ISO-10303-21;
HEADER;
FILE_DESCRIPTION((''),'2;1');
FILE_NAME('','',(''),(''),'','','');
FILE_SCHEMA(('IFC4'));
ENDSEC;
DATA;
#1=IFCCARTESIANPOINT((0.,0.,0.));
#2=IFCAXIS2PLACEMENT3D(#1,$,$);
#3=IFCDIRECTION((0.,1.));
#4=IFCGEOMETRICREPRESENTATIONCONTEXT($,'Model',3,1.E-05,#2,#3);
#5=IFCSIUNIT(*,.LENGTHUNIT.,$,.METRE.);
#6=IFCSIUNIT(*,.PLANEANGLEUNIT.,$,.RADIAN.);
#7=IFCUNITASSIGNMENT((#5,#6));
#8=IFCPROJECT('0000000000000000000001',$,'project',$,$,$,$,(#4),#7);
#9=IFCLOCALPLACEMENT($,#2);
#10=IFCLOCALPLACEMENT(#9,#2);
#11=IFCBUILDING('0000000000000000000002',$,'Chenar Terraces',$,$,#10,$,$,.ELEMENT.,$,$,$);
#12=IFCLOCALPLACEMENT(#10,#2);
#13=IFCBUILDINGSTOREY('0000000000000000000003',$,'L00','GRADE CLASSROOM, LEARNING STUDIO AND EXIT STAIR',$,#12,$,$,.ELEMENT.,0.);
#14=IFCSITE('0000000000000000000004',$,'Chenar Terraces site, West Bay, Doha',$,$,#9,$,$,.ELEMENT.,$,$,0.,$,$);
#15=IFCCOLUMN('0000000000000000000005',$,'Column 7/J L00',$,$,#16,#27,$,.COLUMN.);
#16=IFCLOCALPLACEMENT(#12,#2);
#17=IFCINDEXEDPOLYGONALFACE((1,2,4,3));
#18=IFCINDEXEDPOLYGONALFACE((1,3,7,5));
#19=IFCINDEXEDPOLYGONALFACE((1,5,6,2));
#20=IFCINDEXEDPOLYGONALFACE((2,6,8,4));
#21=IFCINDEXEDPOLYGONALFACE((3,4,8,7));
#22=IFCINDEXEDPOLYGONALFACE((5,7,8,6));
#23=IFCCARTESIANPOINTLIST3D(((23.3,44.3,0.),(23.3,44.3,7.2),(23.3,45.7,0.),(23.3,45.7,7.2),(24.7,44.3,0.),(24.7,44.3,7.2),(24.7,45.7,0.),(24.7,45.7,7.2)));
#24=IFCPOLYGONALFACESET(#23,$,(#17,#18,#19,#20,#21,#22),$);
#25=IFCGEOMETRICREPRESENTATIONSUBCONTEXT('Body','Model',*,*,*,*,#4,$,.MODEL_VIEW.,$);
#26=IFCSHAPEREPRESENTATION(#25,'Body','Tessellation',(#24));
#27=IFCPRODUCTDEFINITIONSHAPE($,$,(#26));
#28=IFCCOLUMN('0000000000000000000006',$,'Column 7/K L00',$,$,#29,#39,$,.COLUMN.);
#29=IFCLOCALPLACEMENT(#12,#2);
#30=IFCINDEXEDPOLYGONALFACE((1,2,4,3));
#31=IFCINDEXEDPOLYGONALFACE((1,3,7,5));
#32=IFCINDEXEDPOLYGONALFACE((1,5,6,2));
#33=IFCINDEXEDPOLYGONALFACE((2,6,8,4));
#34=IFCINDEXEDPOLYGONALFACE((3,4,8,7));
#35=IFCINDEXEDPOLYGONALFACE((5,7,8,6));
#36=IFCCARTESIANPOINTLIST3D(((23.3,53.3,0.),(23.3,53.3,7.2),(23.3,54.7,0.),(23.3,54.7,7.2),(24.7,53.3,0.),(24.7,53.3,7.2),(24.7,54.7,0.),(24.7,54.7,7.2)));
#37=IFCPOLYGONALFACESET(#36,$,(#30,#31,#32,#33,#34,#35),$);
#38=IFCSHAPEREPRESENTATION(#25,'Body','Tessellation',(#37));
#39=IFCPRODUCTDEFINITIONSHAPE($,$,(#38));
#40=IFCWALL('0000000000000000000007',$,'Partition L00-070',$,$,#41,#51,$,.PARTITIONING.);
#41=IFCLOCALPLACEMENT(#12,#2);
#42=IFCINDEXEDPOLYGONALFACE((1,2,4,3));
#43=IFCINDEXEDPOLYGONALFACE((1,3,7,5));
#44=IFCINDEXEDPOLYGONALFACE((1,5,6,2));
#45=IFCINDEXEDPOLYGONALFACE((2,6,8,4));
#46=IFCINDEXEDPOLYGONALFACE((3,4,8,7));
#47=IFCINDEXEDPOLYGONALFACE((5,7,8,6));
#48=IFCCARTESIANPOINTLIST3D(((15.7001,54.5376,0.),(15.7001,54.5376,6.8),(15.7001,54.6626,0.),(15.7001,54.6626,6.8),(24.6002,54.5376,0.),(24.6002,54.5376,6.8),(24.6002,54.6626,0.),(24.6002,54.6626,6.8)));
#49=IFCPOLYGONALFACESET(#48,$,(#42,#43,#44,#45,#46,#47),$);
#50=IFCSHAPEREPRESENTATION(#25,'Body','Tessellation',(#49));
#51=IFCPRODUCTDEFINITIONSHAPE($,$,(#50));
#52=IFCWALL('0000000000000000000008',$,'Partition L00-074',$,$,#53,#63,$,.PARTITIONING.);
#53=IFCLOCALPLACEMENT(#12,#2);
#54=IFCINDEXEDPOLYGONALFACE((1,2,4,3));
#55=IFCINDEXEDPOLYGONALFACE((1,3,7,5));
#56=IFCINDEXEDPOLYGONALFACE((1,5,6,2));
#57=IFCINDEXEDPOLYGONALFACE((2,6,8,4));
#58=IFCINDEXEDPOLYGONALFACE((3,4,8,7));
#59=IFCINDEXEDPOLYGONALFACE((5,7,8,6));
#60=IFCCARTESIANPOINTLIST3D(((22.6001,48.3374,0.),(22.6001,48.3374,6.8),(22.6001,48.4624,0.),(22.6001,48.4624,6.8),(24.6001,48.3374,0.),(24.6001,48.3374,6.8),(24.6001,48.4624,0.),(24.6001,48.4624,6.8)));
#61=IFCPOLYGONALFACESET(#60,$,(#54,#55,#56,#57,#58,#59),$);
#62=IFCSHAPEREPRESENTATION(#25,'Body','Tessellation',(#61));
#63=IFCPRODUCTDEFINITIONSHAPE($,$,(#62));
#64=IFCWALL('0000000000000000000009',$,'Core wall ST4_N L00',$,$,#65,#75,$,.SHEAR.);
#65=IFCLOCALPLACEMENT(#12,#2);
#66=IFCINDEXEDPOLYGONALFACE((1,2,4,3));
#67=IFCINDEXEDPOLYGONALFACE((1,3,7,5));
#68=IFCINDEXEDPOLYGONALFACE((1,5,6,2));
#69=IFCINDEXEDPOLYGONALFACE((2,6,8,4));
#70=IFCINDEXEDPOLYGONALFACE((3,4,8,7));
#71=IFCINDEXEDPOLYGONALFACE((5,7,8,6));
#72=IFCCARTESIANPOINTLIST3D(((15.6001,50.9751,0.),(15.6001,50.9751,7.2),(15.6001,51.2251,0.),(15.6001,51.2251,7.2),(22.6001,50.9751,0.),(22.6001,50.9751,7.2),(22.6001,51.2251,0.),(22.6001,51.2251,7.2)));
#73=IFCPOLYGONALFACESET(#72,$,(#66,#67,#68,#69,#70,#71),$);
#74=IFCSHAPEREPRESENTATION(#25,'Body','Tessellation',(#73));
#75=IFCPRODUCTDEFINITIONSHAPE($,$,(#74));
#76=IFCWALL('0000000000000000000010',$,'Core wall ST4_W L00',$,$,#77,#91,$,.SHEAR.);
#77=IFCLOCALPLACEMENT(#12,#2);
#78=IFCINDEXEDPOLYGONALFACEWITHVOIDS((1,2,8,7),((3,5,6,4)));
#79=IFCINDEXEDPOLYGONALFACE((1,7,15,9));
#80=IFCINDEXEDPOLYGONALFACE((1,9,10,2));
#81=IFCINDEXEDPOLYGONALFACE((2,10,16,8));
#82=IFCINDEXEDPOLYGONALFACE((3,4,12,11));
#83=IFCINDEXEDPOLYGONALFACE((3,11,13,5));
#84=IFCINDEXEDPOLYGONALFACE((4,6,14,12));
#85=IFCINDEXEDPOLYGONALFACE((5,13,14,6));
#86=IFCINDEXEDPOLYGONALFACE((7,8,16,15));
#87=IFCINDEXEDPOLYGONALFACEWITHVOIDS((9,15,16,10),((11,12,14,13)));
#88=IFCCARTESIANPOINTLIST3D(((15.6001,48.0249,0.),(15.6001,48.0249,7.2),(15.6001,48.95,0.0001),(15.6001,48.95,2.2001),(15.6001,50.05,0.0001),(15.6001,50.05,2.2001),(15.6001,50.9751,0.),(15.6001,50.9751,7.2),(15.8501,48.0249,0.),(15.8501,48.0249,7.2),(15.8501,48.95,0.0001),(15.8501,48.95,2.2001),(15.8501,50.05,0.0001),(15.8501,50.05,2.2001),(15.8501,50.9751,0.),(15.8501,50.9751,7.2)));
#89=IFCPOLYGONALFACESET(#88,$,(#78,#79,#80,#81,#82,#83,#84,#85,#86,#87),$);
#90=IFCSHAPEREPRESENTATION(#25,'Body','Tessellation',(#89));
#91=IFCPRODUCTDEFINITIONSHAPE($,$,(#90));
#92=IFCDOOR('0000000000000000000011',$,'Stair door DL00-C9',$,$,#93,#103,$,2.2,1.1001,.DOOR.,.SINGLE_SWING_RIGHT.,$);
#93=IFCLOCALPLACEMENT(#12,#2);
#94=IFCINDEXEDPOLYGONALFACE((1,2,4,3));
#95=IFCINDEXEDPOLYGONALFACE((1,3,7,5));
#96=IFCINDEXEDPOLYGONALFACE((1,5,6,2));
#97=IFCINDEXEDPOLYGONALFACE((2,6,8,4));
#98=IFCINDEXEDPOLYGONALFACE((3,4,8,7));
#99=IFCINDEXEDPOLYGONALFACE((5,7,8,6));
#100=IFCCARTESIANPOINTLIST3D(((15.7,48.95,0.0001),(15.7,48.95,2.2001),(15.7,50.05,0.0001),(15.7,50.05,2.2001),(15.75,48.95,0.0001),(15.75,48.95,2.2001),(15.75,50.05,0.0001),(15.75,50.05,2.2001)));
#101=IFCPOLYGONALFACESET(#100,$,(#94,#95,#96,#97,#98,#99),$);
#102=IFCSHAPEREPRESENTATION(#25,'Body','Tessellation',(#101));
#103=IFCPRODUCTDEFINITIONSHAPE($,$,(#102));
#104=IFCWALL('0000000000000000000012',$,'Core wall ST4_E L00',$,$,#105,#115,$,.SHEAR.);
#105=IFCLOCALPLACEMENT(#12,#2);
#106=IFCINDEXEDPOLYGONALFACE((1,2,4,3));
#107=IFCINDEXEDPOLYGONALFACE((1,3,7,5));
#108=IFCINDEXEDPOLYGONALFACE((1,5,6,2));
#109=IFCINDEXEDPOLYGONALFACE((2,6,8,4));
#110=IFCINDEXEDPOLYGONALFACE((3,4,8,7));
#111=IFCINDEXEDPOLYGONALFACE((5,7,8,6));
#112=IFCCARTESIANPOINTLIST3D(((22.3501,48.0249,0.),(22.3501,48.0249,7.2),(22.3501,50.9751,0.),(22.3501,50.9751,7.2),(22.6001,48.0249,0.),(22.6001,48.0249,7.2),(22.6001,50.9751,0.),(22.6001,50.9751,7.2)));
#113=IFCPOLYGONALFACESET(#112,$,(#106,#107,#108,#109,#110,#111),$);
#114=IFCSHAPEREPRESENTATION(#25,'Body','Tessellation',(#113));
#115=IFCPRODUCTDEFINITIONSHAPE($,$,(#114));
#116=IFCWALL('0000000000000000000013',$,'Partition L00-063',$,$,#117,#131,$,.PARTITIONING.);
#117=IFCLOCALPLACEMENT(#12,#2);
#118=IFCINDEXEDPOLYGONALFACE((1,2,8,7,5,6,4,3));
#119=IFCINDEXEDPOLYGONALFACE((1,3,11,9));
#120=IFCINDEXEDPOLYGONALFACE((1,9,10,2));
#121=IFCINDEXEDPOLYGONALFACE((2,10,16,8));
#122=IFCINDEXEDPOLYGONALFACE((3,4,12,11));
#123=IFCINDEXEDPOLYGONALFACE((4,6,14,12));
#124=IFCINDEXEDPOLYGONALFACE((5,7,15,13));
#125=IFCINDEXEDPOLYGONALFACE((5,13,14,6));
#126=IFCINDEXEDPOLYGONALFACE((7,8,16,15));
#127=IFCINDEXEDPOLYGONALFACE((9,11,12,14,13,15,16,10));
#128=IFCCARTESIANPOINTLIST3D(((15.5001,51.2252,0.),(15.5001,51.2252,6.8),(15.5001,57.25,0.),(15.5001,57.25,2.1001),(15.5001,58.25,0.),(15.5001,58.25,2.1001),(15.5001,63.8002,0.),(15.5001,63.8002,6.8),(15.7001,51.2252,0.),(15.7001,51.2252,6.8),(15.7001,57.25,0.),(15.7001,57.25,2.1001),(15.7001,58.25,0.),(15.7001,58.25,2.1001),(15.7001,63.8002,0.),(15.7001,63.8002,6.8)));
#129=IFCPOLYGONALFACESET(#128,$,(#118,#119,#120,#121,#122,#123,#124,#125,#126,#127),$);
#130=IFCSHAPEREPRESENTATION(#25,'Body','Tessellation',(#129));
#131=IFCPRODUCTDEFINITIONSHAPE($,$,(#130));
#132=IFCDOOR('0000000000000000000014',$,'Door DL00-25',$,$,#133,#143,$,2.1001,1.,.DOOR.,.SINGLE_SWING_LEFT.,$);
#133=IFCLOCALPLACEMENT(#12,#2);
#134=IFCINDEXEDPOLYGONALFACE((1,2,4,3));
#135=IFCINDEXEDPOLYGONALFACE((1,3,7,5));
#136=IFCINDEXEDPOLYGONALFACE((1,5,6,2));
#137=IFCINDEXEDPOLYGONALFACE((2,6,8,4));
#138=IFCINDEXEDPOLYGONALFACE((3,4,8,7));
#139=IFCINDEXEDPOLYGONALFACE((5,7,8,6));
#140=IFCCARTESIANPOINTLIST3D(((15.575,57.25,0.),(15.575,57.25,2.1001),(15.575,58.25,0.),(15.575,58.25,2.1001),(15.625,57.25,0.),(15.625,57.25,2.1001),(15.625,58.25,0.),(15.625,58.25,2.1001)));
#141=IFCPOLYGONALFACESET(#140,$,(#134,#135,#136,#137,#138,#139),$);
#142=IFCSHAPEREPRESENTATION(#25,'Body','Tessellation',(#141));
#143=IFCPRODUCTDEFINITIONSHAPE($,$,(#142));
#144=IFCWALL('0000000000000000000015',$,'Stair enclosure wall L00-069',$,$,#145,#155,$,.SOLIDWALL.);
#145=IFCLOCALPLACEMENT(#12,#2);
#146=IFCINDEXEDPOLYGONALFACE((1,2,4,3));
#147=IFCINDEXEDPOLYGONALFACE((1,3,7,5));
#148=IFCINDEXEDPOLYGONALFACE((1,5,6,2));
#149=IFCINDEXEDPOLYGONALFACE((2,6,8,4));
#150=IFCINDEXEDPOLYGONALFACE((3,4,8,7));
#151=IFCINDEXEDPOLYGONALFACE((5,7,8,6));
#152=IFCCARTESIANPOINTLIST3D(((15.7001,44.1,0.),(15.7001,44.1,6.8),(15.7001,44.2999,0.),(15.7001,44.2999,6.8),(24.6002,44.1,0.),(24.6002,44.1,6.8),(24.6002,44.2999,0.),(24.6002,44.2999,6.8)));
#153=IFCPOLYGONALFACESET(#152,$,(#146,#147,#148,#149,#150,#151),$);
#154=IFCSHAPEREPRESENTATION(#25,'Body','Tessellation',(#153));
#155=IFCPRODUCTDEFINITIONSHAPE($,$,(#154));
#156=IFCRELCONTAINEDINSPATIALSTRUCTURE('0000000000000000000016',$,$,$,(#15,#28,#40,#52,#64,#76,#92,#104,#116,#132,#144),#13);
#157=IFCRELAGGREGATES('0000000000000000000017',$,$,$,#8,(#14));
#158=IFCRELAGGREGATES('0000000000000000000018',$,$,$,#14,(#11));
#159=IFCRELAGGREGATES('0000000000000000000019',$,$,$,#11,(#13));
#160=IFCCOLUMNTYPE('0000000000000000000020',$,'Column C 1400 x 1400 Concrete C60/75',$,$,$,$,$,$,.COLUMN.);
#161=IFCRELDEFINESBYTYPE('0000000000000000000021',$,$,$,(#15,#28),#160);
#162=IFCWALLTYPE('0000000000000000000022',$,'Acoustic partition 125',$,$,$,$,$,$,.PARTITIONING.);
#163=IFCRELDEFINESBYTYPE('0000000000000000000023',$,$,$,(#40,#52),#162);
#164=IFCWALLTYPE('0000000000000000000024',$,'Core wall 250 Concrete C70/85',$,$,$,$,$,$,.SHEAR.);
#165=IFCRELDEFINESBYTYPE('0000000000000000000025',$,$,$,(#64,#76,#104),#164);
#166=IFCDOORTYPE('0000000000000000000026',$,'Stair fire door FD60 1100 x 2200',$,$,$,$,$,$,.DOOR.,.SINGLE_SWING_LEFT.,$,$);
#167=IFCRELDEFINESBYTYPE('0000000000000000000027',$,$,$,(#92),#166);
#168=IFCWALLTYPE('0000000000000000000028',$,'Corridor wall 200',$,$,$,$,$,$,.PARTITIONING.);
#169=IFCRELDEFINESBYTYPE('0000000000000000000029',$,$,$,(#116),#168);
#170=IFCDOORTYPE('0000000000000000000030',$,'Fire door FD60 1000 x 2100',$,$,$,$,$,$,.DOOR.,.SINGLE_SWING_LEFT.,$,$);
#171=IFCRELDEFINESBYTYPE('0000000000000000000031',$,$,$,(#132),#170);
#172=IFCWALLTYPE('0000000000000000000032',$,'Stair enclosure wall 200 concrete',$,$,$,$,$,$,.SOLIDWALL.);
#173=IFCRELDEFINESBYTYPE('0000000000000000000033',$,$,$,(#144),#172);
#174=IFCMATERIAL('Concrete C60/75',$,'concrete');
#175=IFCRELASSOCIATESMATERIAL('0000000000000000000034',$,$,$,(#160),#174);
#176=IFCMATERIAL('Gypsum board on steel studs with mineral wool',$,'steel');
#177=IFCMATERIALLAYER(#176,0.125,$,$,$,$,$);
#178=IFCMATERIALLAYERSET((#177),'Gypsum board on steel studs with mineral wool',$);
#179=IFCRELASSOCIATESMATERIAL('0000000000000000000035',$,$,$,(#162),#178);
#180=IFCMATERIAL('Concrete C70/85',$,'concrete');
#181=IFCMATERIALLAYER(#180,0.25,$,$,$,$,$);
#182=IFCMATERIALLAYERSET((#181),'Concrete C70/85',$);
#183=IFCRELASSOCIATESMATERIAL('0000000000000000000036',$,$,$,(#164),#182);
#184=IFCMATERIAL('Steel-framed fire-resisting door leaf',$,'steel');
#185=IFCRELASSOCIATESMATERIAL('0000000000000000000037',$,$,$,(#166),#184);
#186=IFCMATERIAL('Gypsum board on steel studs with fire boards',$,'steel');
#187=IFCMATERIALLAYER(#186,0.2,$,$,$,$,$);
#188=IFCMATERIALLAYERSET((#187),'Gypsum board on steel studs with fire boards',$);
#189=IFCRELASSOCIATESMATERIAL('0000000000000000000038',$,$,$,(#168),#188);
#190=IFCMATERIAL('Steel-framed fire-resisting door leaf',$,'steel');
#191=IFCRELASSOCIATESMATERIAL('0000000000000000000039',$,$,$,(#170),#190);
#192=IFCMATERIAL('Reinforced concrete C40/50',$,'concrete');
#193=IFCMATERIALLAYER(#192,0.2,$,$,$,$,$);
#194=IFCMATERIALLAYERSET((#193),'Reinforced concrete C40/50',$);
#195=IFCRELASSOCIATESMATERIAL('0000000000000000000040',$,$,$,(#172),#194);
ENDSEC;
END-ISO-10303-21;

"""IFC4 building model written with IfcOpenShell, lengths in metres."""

from ifc_helpers import new_model, si_unit, direction, frame, frame_2d, origin, origin_2d, place, context, subcontext, project, spatial, rectangle, extrude, material, layer, layer_set, material_profile, profile_set, type_object, element, fill, save


model = new_model("IFC4")

# Units and contexts
model_context = context("Model", 3, precision=1e-05, world=origin(), true_north=direction((0.0, 1.0)))
body_context = subcontext(model_context, "Body", "Model", "MODEL_VIEW")
ifc_project = project(units=[si_unit("LENGTHUNIT", "METRE"), si_unit("PLANEANGLEUNIT", "RADIAN")], contexts=[model_context])

# Site, building, storey
site_placement = place(None, origin())
site = spatial("IfcSite", under=ifc_project, at=site_placement, Name="Chenar Terraces site, West Bay, Doha", CompositionType="ELEMENT", RefElevation=0.0)
building_placement = place(site_placement, origin())
building = spatial("IfcBuilding", under=site, at=building_placement, Name="Chenar Terraces", CompositionType="ELEMENT")
storey_placement = place(building_placement, origin())
storey = spatial("IfcBuildingStorey", under=building, at=storey_placement, Name="L00", Description="GRADE CLASSROOM, LEARNING STUDIO AND EXIT STAIR", CompositionType="ELEMENT", Elevation=0.0)

# Columns
ifc_material_1 = material(Name="Concrete C60/75", Category="concrete")
ifc_material_profile = material_profile(ifc_material_1, rectangle(XDim=1.3999, YDim=1.3999, at=origin_2d()), Name="C 1400 x 1400")
ifc_profile_set = profile_set([ifc_material_profile], Name="Concrete C60/75")
column_type = type_object("IfcColumnType", Name="Column C 1400 x 1400 Concrete C60/75", PredefinedType="COLUMN", material=ifc_profile_set)
for number, where, z_axis, x_axis, name in (
    (1, (24.0, 45.0, 0.0), (0.0, 0.0, 1.0), (1.0, 0.0, 0.0), "Column 7/J L00"),
    (2, (24.0, 54.0, 0.0), (0.0, 0.0, 1.0), (1.0, 0.0, 0.0), "Column 7/K L00"),
):
    element("IfcColumn", number, at=place(storey_placement, frame(where, z_axis=z_axis, x_axis=x_axis)), inside=storey, type_object=column_type, Name=name, PredefinedType="COLUMN", context=body_context, shape_type="SweptSolid", body=[
        extrude(rectangle(XDim=1.3999, YDim=1.3999, at=origin_2d()), origin(), (0.0, 0.0, 1.0), 7.2),
    ])

# Walls
ifc_material_2 = material(Name="Gypsum board on steel studs with mineral wool", Category="steel")
ifc_layer_1 = layer(ifc_material_2, 0.125)
ifc_layer_set_1 = layer_set([ifc_layer_1], Name="Gypsum board on steel studs with mineral wool")
wall_type_1 = type_object("IfcWallType", Name="Acoustic partition 125", PredefinedType="PARTITIONING", material=ifc_layer_set_1)
wall_1_placement = place(storey_placement, frame((15.7, 54.6001, 0.0), z_axis=(0.0, 0.0, 1.0), x_axis=(1.0, 0.0, 0.0)))
element("IfcWall", 3, at=wall_1_placement, inside=storey, type_object=wall_type_1, Name="Partition L00-070", PredefinedType="PARTITIONING", context=body_context, shape_type="SweptSolid", body=[
    extrude(rectangle(XDim=8.9001, YDim=0.125, at=frame_2d((4.4502, 0.0))), origin(), (0.0, 0.0, 1.0), 6.8),
])
wall_2_placement = place(storey_placement, frame((22.6001, 48.3999, 0.0), z_axis=(0.0, 0.0, 1.0), x_axis=(1.0, 0.0, 0.0)))
element("IfcWall", 4, at=wall_2_placement, inside=storey, type_object=wall_type_1, Name="Partition L00-074", PredefinedType="PARTITIONING", context=body_context, shape_type="SweptSolid", body=[
    extrude(rectangle(XDim=2.0, YDim=0.125, at=frame_2d((1.0, 0.0))), origin(), (0.0, 0.0, 1.0), 6.8),
])
ifc_material_3 = material(Name="Concrete C70/85", Category="concrete")
ifc_layer_2 = layer(ifc_material_3, 0.25)
ifc_layer_set_2 = layer_set([ifc_layer_2], Name="Concrete C70/85")
wall_type_2 = type_object("IfcWallType", Name="Core wall 250 Concrete C70/85", PredefinedType="SHEAR", material=ifc_layer_set_2)
wall_3_placement = place(storey_placement, frame((15.6001, 51.1001, 0.0), z_axis=(0.0, 0.0, 1.0), x_axis=(1.0, 0.0, 0.0)))
element("IfcWall", 5, at=wall_3_placement, inside=storey, type_object=wall_type_2, Name="Core wall ST4_N L00", PredefinedType="SHEAR", context=body_context, shape_type="SweptSolid", body=[
    extrude(rectangle(XDim=7.0, YDim=0.25, at=frame_2d((3.5, 0.0))), origin(), (0.0, 0.0, 1.0), 7.2),
])

# Wall, opening, door
wall_4_placement = place(storey_placement, frame((15.7251, 48.0249, 0.0), z_axis=(0.0, 0.0, 1.0), x_axis=(0.0, 1.0, 0.0)))
wall_4 = element("IfcWall", 6, at=wall_4_placement, inside=storey, type_object=wall_type_2, Name="Core wall ST4_W L00", PredefinedType="SHEAR", context=body_context, shape_type="SweptSolid", body=[
    extrude(rectangle(XDim=2.9502, YDim=0.25, at=frame_2d((1.4751, 0.0))), origin(), (0.0, 0.0, 1.0), 7.2),
])
opening_1_placement = place(wall_4_placement, frame((0.925, 0.0, 0.0)))
opening_1 = element("IfcOpeningElement", 7, at=opening_1_placement, cuts=wall_4, PredefinedType="OPENING", context=body_context, shape_type="SweptSolid", body=[
    extrude(rectangle(XDim=1.1001, YDim=2.2, at=frame_2d((0.55, 1.1001))), frame((0.0, 0.135, 0.0), z_axis=(0.0, -1.0, 0.0), x_axis=(1.0, 0.0, 0.0)), (0.0, 0.0, 1.0), 0.27),
])
ifc_material_4 = material(Name="Steel-framed fire-resisting door leaf", Category="steel")
door_type_1 = type_object("IfcDoorType", Name="Stair fire door FD60 1100 x 2200", OperationType="SINGLE_SWING_LEFT", PredefinedType="DOOR", material=ifc_material_4)
door_1_placement = place(opening_1_placement, frame((1.1001, 0.0, 0.0), z_axis=(0.0, 0.0, 1.0), x_axis=(-1.0, 0.0, 0.0)))
door_1 = element("IfcDoor", 8, at=door_1_placement, inside=storey, type_object=door_type_1, Name="Stair door DL00-C9", OperationType="SINGLE_SWING_RIGHT", OverallHeight=2.2, OverallWidth=1.1001, PredefinedType="DOOR", context=body_context, shape_type="SweptSolid", body=[
    extrude(rectangle(XDim=1.1001, YDim=2.2, at=frame_2d((0.55, 1.1001))), frame((0.0, 0.0249, 0.0), z_axis=(0.0, -1.0, 0.0), x_axis=(1.0, 0.0, 0.0)), (0.0, 0.0, 1.0), 0.05),
])
fill(opening_1, door_1)

# Wall
wall_5_placement = place(storey_placement, frame((22.4751, 48.0249, 0.0), z_axis=(0.0, 0.0, 1.0), x_axis=(0.0, 1.0, 0.0)))
element("IfcWall", 9, at=wall_5_placement, inside=storey, type_object=wall_type_2, Name="Core wall ST4_E L00", PredefinedType="SHEAR", context=body_context, shape_type="SweptSolid", body=[
    extrude(rectangle(XDim=2.9502, YDim=0.25, at=frame_2d((1.4751, 0.0))), origin(), (0.0, 0.0, 1.0), 7.2),
])

# Wall, opening, door
ifc_material_5 = material(Name="Gypsum board on steel studs with fire boards", Category="steel")
ifc_layer_3 = layer(ifc_material_5, 0.2)
ifc_layer_set_3 = layer_set([ifc_layer_3], Name="Gypsum board on steel studs with fire boards")
wall_type_3 = type_object("IfcWallType", Name="Corridor wall 200", PredefinedType="PARTITIONING", material=ifc_layer_set_3)
wall_6_placement = place(storey_placement, frame((15.6001, 51.2251, 0.0), z_axis=(0.0, 0.0, 1.0), x_axis=(0.0, 1.0, 0.0)))
wall_6 = element("IfcWall", 10, at=wall_6_placement, inside=storey, type_object=wall_type_3, Name="Partition L00-063", PredefinedType="PARTITIONING", context=body_context, shape_type="SweptSolid", body=[
    extrude(rectangle(XDim=12.575, YDim=0.2, at=frame_2d((6.2876, 0.0))), origin(), (0.0, 0.0, 1.0), 6.8),
])
opening_2_placement = place(wall_6_placement, frame((6.0249, 0.0, 0.0)))
opening_2 = element("IfcOpeningElement", 11, at=opening_2_placement, cuts=wall_6, PredefinedType="OPENING", context=body_context, shape_type="SweptSolid", body=[
    extrude(rectangle(XDim=1.0, YDim=2.1001, at=frame_2d((0.5, 1.05))), frame((0.0, 0.1099, 0.0), z_axis=(0.0, -1.0, 0.0), x_axis=(1.0, 0.0, 0.0)), (0.0, 0.0, 1.0), 0.22),
])
ifc_material_6 = material(Name="Steel-framed fire-resisting door leaf", Category="steel")
door_type_2 = type_object("IfcDoorType", Name="Fire door FD60 1000 x 2100", OperationType="SINGLE_SWING_LEFT", PredefinedType="DOOR", material=ifc_material_6)
door_2_placement = place(opening_2_placement, frame((1.0, 0.0, 0.0), z_axis=(0.0, 0.0, 1.0), x_axis=(-1.0, 0.0, 0.0)))
door_2 = element("IfcDoor", 12, at=door_2_placement, inside=storey, type_object=door_type_2, Name="Door DL00-25", OperationType="SINGLE_SWING_LEFT", OverallHeight=2.1001, OverallWidth=1.0, PredefinedType="DOOR", context=body_context, shape_type="SweptSolid", body=[
    extrude(rectangle(XDim=1.0, YDim=2.1001, at=frame_2d((0.5, 1.05))), frame((0.0, 0.0249, 0.0), z_axis=(0.0, -1.0, 0.0), x_axis=(1.0, 0.0, 0.0)), (0.0, 0.0, 1.0), 0.05),
])
fill(opening_2, door_2)

# Wall
ifc_material_7 = material(Name="Reinforced concrete C40/50", Category="concrete")
ifc_layer_4 = layer(ifc_material_7, 0.2)
ifc_layer_set_4 = layer_set([ifc_layer_4], Name="Reinforced concrete C40/50")
wall_type_4 = type_object("IfcWallType", Name="Stair enclosure wall 200 concrete", PredefinedType="SOLIDWALL", material=ifc_layer_set_4)
wall_7_placement = place(storey_placement, frame((15.7, 44.2, 0.0), z_axis=(0.0, 0.0, 1.0), x_axis=(1.0, 0.0, 0.0)))
element("IfcWall", 13, at=wall_7_placement, inside=storey, type_object=wall_type_4, Name="Stair enclosure wall L00-069", PredefinedType="SOLIDWALL", context=body_context, shape_type="SweptSolid", body=[
    extrude(rectangle(XDim=8.9001, YDim=0.2, at=frame_2d((4.4502, 0.0))), origin(), (0.0, 0.0, 1.0), 6.8),
])

save(model, "model.ifc")
